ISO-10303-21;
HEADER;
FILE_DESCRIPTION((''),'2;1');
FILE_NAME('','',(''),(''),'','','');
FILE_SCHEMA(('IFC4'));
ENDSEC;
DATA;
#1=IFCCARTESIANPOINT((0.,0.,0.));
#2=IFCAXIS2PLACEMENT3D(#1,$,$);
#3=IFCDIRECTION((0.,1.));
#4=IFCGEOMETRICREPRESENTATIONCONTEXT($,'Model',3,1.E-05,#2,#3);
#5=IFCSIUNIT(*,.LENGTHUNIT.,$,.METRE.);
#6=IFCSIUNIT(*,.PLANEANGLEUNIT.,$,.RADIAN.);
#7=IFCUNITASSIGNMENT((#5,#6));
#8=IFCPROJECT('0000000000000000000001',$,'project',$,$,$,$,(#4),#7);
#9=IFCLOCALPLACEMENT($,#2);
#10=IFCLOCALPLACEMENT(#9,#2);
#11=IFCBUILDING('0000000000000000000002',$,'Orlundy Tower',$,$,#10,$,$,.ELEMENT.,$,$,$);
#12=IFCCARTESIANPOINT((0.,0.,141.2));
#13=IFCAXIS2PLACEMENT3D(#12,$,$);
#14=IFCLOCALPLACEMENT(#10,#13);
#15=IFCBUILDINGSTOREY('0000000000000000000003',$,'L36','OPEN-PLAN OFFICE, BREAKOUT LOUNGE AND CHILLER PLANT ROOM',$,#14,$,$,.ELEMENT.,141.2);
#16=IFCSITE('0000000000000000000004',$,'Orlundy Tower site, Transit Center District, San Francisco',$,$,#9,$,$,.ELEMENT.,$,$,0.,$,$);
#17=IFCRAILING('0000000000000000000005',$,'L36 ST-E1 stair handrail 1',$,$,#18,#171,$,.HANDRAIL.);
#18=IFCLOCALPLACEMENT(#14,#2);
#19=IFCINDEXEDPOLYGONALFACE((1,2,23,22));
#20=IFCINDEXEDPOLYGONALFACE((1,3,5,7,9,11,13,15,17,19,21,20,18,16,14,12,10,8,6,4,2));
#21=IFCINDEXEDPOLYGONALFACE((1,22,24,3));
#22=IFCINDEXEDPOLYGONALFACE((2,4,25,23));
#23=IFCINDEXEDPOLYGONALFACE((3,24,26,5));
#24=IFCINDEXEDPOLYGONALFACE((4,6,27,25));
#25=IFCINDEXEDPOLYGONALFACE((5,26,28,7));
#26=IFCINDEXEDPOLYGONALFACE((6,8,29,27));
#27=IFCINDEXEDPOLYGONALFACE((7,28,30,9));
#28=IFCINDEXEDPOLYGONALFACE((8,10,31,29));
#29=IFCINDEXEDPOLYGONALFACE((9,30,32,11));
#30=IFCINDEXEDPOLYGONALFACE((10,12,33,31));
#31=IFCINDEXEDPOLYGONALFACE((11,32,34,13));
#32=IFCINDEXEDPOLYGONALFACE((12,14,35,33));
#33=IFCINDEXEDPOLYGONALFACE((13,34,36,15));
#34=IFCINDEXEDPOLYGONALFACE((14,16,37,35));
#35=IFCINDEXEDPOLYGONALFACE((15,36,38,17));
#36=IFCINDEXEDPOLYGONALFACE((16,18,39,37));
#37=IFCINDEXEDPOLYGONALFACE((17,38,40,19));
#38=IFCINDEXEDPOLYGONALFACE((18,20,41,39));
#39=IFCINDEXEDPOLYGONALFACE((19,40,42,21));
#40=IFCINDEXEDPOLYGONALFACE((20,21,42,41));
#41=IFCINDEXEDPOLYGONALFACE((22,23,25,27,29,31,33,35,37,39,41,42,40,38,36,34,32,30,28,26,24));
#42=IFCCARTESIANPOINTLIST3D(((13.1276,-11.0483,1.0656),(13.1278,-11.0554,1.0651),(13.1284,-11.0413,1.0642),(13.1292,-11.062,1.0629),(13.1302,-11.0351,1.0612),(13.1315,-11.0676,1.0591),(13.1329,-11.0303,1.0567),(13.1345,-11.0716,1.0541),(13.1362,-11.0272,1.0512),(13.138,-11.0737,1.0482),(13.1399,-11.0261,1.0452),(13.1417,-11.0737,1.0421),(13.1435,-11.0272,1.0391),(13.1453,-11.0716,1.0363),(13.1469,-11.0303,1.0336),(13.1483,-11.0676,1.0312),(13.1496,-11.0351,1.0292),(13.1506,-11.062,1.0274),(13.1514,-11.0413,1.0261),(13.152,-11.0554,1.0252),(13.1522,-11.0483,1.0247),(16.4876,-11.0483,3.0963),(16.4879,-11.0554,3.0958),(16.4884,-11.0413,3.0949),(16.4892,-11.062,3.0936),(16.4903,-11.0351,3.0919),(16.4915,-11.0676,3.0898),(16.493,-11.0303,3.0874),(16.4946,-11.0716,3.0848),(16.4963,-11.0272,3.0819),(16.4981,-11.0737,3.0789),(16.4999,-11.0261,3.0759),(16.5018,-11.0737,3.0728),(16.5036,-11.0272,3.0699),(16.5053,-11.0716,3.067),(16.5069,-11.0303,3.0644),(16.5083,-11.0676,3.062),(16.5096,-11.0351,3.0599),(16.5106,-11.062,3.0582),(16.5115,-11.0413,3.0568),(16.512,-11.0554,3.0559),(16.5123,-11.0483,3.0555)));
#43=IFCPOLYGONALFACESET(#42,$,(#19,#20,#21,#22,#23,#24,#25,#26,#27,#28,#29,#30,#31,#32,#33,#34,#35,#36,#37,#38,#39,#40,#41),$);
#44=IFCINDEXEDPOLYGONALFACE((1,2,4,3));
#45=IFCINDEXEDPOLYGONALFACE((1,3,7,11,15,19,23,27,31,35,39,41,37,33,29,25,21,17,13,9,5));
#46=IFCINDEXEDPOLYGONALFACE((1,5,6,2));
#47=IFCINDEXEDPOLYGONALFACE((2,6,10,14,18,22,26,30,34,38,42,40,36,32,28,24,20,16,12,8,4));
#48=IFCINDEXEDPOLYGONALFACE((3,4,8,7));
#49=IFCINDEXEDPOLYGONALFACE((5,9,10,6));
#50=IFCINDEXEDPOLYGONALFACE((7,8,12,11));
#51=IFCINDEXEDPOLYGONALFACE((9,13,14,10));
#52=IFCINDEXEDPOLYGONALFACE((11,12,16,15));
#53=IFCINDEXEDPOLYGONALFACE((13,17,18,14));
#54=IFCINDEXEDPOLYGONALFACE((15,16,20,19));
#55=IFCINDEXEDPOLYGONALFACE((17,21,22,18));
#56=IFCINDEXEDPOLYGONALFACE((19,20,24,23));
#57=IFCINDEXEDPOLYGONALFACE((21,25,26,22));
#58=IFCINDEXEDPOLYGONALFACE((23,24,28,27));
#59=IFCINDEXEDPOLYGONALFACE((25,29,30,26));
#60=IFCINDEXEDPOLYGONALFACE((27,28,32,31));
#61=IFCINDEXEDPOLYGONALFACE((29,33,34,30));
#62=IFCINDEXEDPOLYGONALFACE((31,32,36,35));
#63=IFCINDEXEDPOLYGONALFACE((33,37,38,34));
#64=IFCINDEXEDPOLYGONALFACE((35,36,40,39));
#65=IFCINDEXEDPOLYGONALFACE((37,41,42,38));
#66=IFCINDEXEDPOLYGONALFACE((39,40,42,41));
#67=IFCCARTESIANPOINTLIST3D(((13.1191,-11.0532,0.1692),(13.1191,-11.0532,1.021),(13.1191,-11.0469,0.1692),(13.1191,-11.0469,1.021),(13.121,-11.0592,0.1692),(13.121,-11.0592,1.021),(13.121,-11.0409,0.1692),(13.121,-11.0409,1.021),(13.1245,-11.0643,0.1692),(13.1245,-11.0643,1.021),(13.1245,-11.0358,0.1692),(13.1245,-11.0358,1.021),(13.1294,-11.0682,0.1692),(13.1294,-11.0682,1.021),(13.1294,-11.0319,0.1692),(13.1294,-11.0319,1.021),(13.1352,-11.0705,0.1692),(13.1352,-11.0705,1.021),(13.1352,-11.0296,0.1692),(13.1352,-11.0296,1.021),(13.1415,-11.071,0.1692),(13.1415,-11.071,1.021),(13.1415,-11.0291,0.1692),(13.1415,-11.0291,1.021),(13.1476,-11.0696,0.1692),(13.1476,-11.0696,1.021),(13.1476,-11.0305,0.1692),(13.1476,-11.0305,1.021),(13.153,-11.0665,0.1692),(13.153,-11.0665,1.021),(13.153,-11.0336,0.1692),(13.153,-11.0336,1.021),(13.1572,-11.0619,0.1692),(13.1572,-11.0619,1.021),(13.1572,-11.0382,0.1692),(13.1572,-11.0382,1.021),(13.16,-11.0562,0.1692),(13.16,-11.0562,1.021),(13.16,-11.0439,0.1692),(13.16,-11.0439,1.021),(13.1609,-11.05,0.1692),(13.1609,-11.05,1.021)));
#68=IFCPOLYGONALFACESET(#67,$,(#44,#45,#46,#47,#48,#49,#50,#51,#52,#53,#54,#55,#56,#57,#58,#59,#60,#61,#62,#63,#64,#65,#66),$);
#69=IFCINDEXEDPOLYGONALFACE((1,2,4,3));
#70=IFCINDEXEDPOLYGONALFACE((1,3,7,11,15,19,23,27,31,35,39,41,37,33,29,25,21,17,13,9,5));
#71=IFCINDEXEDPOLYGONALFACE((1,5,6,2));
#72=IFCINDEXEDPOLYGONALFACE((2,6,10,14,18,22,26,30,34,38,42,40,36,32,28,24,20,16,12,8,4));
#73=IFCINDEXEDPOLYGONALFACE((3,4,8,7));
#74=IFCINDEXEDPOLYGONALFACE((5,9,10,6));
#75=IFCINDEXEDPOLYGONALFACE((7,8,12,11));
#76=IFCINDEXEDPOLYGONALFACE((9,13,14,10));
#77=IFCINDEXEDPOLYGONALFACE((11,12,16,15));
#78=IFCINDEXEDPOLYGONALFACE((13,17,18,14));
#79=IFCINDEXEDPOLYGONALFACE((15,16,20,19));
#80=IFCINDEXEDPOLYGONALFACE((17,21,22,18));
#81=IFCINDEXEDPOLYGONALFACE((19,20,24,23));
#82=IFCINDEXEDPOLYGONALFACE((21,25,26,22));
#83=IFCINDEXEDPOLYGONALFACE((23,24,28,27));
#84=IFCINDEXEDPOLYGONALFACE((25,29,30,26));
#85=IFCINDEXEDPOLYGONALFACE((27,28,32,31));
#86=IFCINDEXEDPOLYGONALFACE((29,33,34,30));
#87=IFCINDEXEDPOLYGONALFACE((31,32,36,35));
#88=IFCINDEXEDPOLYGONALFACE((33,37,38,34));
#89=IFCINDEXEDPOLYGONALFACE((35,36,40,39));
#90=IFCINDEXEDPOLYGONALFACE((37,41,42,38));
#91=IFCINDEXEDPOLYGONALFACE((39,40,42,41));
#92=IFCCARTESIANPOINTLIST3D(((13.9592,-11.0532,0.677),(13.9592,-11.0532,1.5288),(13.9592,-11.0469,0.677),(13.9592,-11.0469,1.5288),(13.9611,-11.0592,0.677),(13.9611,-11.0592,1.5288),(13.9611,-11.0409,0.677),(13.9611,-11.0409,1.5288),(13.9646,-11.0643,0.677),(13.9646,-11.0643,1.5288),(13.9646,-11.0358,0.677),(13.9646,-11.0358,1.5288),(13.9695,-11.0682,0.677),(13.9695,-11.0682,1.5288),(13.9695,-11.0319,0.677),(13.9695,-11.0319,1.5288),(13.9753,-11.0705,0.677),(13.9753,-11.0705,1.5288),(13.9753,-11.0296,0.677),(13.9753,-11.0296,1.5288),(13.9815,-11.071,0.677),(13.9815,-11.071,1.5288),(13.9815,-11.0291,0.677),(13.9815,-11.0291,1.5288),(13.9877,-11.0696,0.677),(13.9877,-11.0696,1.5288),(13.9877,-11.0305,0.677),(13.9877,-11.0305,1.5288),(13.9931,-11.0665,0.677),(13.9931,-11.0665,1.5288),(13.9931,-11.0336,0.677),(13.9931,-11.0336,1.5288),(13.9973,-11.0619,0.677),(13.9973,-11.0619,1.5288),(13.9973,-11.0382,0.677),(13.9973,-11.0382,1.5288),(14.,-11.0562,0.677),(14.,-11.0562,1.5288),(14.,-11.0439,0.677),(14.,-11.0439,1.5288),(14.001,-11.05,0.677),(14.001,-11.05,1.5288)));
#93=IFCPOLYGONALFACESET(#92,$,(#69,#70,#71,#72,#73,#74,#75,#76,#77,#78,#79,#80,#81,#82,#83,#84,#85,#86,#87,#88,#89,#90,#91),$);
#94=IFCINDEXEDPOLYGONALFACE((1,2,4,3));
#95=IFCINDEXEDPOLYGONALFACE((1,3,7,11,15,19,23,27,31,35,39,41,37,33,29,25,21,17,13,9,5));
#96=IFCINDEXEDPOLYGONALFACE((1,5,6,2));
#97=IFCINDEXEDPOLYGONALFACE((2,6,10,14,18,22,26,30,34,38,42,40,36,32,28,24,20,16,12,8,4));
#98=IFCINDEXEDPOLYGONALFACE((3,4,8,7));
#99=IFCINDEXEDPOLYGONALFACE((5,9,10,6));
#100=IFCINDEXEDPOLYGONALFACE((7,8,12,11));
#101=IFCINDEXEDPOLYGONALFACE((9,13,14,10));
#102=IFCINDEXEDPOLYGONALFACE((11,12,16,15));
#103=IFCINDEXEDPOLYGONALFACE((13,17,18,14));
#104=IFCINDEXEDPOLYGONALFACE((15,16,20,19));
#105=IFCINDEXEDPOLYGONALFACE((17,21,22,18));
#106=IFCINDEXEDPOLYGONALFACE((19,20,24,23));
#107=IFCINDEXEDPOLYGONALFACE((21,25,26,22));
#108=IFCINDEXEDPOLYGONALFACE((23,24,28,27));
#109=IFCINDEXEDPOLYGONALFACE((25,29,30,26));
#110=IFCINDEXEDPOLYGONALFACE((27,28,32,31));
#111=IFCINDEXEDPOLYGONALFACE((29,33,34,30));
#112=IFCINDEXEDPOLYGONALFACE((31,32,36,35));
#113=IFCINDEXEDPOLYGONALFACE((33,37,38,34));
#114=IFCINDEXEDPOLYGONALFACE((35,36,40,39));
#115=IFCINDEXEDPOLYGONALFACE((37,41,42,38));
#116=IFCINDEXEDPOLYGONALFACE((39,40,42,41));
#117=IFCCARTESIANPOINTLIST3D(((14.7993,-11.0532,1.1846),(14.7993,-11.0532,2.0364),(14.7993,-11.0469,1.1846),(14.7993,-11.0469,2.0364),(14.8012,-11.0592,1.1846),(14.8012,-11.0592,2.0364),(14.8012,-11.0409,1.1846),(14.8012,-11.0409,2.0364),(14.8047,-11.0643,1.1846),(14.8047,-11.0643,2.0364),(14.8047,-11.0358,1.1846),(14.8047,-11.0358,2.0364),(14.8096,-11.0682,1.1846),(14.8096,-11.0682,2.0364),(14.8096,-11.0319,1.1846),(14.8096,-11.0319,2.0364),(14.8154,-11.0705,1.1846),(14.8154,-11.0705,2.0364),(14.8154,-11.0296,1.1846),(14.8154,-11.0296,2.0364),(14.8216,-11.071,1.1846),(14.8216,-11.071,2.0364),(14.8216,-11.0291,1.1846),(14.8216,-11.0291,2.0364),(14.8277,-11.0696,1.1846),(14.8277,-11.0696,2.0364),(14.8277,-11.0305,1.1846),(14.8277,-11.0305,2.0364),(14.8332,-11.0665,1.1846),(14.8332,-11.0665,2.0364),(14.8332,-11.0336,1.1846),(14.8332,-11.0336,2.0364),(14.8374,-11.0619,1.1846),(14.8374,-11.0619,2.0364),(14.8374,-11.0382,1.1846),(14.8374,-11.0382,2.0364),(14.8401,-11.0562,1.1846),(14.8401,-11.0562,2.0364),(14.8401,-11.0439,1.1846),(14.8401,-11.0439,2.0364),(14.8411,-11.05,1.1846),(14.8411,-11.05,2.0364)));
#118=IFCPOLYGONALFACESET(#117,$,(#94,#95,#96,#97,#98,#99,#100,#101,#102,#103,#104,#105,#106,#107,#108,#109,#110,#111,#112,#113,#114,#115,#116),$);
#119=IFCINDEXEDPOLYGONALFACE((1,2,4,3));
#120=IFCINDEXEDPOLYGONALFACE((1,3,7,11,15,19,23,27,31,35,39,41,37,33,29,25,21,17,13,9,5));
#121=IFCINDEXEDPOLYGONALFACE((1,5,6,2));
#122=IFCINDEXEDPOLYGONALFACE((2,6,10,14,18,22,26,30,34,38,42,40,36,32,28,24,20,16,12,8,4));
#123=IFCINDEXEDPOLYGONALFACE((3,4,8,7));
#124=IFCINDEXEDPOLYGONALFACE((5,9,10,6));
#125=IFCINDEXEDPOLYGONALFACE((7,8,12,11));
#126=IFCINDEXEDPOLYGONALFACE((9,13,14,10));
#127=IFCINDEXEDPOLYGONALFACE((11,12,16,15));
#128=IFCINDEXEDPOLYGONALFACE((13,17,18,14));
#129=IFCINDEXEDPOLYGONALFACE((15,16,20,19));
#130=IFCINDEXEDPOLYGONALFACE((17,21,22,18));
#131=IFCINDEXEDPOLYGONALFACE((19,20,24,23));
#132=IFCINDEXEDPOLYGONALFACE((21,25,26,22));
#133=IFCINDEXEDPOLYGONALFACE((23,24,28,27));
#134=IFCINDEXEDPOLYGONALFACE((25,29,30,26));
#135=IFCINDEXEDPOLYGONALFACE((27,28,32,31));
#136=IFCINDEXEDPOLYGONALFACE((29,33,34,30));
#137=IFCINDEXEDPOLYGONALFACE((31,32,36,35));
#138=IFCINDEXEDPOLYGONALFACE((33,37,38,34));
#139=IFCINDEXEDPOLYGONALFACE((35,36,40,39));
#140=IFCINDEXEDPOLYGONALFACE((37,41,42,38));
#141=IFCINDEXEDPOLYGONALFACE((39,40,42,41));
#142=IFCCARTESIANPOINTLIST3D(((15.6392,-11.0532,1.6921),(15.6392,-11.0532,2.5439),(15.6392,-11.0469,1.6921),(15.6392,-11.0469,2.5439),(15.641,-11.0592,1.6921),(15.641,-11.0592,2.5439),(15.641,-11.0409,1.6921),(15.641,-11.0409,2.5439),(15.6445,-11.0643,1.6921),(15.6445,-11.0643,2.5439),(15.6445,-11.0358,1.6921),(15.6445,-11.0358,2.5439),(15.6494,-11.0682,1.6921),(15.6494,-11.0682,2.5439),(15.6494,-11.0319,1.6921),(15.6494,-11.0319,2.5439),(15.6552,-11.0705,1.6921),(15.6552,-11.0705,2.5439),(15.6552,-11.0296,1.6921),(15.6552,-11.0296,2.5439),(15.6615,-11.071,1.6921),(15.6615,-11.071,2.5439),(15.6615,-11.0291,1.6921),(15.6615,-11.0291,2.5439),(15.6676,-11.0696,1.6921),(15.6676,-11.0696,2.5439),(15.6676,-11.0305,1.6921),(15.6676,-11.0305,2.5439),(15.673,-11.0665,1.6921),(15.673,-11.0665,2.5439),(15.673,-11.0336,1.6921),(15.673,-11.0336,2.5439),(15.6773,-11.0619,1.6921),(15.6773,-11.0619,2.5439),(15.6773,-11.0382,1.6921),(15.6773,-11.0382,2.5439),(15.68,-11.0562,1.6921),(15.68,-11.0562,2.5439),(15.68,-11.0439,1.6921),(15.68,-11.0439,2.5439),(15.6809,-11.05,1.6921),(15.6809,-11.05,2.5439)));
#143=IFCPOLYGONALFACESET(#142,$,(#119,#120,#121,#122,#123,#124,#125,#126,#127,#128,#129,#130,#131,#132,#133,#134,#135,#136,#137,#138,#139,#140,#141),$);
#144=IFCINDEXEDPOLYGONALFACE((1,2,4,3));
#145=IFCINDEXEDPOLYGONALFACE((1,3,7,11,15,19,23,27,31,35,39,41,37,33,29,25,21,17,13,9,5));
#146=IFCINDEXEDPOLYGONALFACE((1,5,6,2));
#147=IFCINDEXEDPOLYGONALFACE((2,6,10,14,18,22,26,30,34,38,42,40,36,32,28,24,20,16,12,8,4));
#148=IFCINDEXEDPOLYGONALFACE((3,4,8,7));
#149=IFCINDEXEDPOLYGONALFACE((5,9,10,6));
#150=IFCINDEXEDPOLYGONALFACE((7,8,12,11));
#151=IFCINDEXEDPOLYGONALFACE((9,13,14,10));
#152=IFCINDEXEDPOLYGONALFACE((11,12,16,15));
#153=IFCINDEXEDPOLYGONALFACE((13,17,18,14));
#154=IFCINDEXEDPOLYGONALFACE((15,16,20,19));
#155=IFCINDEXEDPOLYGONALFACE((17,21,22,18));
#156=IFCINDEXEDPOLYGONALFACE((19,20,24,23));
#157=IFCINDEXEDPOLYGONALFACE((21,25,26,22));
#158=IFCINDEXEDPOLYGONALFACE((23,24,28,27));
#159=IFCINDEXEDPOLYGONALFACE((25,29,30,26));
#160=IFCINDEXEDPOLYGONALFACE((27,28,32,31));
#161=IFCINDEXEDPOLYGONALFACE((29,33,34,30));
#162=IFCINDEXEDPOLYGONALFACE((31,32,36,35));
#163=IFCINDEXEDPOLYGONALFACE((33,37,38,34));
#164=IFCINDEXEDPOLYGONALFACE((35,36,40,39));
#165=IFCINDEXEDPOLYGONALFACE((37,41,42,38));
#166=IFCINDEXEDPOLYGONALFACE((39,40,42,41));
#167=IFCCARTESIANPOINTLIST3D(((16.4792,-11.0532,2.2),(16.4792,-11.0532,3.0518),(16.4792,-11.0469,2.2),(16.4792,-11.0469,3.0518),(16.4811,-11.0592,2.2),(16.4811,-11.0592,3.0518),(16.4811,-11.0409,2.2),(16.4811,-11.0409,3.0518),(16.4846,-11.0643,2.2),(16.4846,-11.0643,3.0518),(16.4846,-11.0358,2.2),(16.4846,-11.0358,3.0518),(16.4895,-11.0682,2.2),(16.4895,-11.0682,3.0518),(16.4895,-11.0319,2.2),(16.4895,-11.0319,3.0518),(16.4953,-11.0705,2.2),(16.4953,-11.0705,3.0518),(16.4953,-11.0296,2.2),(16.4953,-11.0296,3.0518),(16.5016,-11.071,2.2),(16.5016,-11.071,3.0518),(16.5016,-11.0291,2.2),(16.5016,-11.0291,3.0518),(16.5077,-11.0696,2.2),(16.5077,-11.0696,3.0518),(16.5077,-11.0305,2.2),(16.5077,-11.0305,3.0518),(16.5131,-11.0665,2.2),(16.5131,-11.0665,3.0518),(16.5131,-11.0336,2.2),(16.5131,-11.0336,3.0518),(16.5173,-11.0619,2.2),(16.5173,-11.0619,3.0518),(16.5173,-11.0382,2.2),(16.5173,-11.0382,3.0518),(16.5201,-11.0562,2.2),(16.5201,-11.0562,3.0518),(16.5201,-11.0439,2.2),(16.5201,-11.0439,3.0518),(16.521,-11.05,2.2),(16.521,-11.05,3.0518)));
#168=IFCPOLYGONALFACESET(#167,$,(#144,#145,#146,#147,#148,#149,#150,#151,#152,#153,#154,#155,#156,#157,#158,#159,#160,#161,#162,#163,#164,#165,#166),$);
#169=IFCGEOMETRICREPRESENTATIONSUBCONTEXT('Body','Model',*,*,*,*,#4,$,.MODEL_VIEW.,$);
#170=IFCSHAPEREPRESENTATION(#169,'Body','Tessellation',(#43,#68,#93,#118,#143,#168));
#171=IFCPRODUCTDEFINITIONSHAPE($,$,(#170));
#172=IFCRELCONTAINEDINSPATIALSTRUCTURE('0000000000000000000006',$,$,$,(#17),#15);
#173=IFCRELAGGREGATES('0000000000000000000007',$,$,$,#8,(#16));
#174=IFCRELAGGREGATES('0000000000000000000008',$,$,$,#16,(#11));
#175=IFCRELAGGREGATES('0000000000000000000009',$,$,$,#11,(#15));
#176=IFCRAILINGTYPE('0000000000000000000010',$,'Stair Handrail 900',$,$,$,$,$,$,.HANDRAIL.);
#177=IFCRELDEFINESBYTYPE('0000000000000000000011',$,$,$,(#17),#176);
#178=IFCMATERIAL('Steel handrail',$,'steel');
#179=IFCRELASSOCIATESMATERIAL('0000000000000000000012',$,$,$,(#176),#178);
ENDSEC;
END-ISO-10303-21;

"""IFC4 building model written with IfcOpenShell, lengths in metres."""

from ifc_helpers import new_model, si_unit, direction, frame, origin, origin_2d, place, context, subcontext, project, spatial, circle, extrude, material, type_object, element, save


model = new_model("IFC4")

# Units and contexts
model_context = context("Model", 3, precision=1e-05, world=origin(), true_north=direction((0.0, 1.0)))
body_context = subcontext(model_context, "Body", "Model", "MODEL_VIEW")
ifc_project = project(units=[si_unit("LENGTHUNIT", "METRE"), si_unit("PLANEANGLEUNIT", "RADIAN")], contexts=[model_context])

# Site, building, storey
site_placement = place(None, origin())
site = spatial("IfcSite", under=ifc_project, at=site_placement, Name="Orlundy Tower site, Transit Center District, San Francisco", CompositionType="ELEMENT", RefElevation=0.0)
building_placement = place(site_placement, origin())
building = spatial("IfcBuilding", under=site, at=building_placement, Name="Orlundy Tower", CompositionType="ELEMENT")
storey_placement = place(building_placement, frame((0.0, 0.0, 141.2)))
storey = spatial("IfcBuildingStorey", under=building, at=storey_placement, Name="L36", Description="OPEN-PLAN OFFICE, BREAKOUT LOUNGE AND CHILLER PLANT ROOM", CompositionType="ELEMENT", Elevation=141.2)

# Railing
ifc_material_1 = material(Name="Steel handrail", Category="steel")
railing_type = type_object("IfcRailingType", Name="Stair Handrail 900", PredefinedType="HANDRAIL", material=ifc_material_1)
railing_1_placement = place(storey_placement, frame((13.1399, -11.05, 0.1692)))
element("IfcRailing", 1, at=railing_1_placement, inside=storey, type_object=railing_type, Name="L36 ST-E1 stair handrail 1", PredefinedType="HANDRAIL", context=body_context, shape_type="SweptSolid", body=[
    extrude(circle(Radius=0.0239, at=origin_2d()), frame((0.0, 0.0, 0.876), z_axis=(0.855837, 0.0, 0.517246), x_axis=(0.0, 1.0, 0.0)), (0.0, 0.0, 1.0), 3.926),
    extrude(circle(Radius=0.021, at=origin_2d()), origin(), (0.0, 0.0, 1.0), 0.8518),
    extrude(circle(Radius=0.021, at=origin_2d()), frame((0.8401, 0.0, 0.5078)), (0.0, 0.0, 1.0), 0.8518),
    extrude(circle(Radius=0.021, at=origin_2d()), frame((1.6802, 0.0, 1.0154)), (0.0, 0.0, 1.0), 0.8518),
    extrude(circle(Radius=0.021, at=origin_2d()), frame((2.52, 0.0, 1.5229)), (0.0, 0.0, 1.0), 0.8518),
    extrude(circle(Radius=0.021, at=origin_2d()), frame((3.3601, 0.0, 2.0308)), (0.0, 0.0, 1.0), 0.8518),
])

save(model, "model.ifc")
